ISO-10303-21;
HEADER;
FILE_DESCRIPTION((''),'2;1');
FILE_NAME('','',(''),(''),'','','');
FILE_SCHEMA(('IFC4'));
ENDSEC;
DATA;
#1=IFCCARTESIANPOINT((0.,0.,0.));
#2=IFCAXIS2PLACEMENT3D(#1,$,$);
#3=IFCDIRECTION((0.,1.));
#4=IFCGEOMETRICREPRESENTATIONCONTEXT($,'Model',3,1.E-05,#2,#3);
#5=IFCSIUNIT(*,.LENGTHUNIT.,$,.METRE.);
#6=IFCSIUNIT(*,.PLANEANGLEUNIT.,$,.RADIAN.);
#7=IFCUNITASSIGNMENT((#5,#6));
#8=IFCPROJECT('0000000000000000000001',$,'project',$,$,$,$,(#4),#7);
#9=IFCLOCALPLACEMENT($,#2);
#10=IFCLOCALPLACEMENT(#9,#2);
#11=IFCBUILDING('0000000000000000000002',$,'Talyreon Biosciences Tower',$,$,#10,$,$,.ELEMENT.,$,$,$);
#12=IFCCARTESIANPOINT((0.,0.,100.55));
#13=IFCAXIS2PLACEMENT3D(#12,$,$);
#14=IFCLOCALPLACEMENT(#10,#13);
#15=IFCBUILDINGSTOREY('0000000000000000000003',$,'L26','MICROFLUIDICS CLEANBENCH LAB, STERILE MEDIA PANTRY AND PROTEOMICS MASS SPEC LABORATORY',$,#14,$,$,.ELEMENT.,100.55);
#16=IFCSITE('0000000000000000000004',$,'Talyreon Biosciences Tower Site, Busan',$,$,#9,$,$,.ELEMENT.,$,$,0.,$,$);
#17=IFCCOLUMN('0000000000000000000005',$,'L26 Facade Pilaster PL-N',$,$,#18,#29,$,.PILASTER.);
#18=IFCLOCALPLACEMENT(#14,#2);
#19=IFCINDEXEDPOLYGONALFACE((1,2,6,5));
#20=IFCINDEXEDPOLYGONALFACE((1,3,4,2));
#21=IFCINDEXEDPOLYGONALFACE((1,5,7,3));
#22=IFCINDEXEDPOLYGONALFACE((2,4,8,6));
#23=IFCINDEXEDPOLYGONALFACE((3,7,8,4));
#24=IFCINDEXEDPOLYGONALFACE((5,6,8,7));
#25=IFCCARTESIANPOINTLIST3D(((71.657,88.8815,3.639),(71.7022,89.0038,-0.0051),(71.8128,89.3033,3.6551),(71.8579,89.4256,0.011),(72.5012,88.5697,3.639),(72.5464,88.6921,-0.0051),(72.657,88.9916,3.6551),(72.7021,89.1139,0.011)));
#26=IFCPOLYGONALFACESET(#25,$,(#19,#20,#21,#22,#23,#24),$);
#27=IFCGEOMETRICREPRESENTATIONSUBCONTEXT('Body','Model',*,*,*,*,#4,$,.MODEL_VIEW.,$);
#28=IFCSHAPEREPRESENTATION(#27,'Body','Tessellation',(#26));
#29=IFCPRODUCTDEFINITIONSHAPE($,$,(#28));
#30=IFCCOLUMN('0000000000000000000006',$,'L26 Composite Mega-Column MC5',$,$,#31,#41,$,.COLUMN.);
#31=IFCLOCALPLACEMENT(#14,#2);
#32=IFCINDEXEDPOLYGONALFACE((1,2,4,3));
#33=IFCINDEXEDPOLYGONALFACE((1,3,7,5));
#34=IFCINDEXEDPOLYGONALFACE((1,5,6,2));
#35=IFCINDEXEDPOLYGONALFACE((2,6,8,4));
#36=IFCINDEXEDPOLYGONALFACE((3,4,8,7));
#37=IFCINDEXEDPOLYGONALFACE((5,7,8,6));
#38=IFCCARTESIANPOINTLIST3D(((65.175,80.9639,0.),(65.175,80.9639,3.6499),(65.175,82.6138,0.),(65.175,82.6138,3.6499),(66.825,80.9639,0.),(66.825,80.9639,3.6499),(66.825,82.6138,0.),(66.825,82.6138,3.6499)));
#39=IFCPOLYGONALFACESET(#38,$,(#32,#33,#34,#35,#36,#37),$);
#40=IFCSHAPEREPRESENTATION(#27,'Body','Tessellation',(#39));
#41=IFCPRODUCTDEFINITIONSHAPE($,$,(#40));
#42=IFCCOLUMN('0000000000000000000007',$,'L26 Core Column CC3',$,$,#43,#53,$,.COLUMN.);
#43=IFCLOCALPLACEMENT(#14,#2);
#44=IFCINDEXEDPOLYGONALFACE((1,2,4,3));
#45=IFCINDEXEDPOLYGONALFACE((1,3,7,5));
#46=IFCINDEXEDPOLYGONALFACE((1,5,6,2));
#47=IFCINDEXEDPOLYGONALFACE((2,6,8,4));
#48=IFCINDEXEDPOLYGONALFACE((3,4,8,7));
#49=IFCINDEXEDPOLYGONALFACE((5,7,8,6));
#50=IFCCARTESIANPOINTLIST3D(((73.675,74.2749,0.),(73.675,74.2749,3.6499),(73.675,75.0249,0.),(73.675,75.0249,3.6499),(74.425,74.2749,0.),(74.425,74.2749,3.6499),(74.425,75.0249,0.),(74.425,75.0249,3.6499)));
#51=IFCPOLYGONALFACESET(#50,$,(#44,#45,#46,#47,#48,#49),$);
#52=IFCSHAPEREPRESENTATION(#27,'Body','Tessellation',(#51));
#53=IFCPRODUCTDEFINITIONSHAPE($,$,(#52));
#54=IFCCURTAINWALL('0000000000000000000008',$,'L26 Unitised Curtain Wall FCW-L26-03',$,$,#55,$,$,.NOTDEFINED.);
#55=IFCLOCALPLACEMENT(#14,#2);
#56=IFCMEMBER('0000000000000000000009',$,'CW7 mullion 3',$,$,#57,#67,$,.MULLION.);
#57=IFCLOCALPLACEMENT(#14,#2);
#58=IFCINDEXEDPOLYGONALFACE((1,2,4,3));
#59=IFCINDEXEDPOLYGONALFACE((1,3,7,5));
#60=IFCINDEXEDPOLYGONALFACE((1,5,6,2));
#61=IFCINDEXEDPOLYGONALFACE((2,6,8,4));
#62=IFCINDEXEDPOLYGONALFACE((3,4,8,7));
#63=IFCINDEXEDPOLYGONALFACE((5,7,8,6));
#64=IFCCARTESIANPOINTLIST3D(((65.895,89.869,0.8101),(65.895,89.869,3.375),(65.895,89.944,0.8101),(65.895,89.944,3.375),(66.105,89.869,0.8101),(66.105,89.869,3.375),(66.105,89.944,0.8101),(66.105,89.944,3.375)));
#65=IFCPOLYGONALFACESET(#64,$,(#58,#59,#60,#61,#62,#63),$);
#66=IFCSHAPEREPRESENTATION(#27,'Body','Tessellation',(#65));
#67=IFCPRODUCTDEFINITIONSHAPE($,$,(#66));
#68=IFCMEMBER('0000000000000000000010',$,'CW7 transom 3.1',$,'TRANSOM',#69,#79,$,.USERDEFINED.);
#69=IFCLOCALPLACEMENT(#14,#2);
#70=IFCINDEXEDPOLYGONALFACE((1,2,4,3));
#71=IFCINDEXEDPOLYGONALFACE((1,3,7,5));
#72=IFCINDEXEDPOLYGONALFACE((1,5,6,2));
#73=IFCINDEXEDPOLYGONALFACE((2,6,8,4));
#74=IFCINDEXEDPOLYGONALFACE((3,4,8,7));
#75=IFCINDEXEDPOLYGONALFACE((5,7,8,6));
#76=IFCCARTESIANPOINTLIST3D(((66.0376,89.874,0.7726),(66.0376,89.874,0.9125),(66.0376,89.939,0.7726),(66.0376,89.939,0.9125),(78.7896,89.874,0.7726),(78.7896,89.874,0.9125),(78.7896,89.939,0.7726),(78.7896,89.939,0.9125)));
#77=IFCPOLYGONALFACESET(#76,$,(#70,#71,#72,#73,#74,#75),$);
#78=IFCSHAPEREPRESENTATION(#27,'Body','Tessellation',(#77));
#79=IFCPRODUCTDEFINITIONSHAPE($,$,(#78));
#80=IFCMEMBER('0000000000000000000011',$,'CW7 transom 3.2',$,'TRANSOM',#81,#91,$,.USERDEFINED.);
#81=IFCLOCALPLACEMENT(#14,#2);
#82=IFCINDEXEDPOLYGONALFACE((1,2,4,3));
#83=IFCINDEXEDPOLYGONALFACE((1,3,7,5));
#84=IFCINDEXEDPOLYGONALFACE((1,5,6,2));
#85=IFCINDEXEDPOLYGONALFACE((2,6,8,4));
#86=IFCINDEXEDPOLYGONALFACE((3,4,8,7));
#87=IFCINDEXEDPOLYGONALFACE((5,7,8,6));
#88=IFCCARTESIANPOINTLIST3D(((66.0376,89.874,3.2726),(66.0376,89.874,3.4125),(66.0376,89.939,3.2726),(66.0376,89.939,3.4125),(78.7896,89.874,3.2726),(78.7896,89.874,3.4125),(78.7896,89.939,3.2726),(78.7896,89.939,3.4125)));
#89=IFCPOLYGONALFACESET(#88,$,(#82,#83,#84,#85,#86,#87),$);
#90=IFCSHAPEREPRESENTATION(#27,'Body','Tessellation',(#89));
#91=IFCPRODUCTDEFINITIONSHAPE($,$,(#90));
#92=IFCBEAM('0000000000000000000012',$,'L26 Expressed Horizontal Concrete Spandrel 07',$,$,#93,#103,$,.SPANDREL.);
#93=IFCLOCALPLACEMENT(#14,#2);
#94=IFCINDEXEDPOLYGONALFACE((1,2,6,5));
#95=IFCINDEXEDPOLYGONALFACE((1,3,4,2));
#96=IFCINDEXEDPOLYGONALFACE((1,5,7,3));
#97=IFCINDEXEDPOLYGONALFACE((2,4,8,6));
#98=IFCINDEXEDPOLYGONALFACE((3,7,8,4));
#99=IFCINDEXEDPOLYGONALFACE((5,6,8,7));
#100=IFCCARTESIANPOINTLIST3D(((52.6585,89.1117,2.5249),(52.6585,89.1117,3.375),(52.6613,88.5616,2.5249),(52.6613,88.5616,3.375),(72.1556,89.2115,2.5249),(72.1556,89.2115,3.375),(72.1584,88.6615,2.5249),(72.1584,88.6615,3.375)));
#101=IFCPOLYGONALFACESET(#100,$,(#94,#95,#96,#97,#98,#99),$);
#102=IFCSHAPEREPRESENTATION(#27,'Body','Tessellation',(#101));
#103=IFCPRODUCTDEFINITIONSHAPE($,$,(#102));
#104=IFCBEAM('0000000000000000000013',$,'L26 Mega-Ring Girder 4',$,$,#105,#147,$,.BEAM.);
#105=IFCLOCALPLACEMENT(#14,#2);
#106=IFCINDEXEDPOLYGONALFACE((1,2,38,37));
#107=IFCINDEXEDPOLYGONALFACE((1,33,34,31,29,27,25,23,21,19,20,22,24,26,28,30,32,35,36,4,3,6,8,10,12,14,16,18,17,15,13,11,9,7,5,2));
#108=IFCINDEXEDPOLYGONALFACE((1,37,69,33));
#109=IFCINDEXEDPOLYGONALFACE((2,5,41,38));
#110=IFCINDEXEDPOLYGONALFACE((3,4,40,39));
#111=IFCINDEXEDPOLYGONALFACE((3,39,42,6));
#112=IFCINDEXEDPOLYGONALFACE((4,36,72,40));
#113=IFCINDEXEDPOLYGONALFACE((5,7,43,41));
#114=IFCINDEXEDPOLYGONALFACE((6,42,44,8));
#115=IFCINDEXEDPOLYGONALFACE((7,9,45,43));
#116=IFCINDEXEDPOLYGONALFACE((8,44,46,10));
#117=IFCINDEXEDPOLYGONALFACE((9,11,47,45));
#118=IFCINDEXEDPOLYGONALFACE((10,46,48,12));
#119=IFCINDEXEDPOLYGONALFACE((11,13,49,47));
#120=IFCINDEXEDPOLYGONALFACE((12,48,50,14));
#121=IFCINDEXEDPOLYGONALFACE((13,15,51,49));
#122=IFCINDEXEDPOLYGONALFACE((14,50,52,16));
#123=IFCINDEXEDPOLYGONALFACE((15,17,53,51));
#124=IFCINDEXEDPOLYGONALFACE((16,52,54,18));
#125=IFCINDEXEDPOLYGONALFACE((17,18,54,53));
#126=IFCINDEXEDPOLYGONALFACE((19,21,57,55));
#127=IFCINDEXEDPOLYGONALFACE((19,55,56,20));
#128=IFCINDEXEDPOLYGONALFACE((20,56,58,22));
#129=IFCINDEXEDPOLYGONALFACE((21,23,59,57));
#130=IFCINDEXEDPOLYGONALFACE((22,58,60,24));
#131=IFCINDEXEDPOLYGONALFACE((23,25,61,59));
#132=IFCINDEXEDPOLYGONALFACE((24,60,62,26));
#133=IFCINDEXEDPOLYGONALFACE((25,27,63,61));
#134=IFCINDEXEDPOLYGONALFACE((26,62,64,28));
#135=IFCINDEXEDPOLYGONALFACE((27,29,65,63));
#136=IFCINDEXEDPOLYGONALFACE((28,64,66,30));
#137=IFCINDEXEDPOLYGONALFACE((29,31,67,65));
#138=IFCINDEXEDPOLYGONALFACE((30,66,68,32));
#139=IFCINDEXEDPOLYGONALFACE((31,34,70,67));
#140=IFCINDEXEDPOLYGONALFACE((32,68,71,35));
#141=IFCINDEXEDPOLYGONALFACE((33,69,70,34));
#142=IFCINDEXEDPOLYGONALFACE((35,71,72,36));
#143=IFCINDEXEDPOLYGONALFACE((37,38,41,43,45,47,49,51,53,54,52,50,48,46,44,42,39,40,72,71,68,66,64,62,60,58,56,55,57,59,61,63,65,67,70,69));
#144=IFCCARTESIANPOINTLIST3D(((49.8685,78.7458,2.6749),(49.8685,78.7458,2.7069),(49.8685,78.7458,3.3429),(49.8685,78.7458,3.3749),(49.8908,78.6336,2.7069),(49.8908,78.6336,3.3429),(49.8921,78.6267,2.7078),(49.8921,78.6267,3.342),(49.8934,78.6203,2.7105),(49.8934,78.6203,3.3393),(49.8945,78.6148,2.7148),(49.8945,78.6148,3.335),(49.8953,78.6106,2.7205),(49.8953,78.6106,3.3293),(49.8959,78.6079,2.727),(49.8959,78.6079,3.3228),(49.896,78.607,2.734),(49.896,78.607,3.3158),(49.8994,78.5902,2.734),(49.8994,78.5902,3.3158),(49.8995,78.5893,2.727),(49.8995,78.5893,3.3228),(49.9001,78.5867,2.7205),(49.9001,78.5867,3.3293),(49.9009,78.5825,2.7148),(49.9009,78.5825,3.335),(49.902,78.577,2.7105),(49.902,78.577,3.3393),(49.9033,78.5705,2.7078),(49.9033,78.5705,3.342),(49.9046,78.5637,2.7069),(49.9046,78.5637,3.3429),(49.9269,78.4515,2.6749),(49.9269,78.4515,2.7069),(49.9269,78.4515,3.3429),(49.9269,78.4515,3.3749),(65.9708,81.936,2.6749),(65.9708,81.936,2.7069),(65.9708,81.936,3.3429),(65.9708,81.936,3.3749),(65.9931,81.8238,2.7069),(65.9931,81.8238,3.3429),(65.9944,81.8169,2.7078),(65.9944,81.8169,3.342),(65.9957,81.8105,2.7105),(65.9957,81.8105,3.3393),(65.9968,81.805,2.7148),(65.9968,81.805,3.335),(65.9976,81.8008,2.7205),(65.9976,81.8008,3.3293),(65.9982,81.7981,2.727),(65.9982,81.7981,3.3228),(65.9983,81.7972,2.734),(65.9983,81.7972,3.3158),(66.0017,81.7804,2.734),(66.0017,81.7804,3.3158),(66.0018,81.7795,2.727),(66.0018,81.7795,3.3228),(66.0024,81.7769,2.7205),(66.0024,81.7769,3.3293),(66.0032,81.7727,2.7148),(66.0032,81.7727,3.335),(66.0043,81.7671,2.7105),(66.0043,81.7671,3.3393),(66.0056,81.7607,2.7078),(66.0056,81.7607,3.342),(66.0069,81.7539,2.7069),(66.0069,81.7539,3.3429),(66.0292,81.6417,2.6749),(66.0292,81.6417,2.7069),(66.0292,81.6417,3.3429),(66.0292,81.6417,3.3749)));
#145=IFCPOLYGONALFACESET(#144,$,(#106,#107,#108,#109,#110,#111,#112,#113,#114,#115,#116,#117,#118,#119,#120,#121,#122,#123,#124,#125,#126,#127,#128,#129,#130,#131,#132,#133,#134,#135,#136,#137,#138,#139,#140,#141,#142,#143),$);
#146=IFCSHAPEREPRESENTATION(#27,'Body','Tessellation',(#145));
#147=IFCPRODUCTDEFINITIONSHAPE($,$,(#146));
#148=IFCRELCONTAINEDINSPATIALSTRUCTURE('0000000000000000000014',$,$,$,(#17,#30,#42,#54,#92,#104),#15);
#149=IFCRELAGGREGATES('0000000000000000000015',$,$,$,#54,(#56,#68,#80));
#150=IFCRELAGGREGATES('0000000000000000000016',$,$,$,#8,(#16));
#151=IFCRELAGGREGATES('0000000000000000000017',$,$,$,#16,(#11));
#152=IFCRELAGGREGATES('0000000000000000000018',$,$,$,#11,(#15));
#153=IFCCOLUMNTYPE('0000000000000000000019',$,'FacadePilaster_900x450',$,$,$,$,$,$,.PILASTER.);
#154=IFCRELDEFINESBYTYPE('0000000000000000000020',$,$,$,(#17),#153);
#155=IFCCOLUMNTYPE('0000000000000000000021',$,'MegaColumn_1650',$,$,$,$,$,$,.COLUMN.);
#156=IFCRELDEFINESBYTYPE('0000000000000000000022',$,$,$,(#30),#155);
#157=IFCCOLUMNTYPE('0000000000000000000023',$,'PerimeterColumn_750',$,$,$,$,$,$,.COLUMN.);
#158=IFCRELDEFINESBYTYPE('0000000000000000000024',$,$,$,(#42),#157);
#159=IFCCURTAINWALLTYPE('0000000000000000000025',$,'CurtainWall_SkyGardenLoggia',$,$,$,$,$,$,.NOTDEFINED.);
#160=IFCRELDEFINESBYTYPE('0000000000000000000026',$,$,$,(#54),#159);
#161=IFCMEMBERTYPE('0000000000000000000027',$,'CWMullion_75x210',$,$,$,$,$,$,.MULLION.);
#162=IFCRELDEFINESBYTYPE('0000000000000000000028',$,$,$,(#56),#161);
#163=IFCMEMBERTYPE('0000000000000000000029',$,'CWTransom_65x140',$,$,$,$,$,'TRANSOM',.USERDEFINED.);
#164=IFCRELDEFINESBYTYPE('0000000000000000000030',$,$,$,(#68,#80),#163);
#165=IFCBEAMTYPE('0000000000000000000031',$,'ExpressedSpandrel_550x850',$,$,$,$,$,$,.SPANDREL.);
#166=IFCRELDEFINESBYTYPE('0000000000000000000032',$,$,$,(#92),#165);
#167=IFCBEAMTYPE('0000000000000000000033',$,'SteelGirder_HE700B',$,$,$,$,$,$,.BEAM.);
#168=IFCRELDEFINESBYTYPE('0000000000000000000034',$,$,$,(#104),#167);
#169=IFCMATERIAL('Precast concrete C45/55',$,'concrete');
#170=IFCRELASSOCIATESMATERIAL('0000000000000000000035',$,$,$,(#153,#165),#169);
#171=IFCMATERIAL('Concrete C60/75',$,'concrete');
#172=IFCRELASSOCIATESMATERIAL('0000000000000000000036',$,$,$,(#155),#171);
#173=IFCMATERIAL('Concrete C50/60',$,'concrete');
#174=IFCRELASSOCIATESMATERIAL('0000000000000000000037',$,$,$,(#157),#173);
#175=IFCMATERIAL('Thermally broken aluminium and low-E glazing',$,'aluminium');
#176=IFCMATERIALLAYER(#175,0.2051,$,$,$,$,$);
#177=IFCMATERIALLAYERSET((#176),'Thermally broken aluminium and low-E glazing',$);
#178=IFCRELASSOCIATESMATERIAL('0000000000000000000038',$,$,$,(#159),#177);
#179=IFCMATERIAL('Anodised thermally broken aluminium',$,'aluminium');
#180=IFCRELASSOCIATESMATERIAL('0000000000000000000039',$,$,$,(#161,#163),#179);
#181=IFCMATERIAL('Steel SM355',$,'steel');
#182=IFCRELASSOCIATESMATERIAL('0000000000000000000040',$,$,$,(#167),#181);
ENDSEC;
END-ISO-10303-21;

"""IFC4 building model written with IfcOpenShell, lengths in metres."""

from ifc_helpers import new_model, si_unit, direction, frame, origin, origin_2d, place, context, subcontext, project, spatial, rectangle, i_section, extrude, material, layer, layer_set, material_profile, profile_set, type_object, element, aggregate, save


model = new_model("IFC4")

# Units and contexts
model_context = context("Model", 3, precision=1e-05, world=origin(), true_north=direction((0.0, 1.0)))
body_context = subcontext(model_context, "Body", "Model", "MODEL_VIEW")
ifc_project = project(units=[si_unit("LENGTHUNIT", "METRE"), si_unit("PLANEANGLEUNIT", "RADIAN")], contexts=[model_context])

# Site, building, storey
site_placement = place(None, origin())
site = spatial("IfcSite", under=ifc_project, at=site_placement, Name="Talyreon Biosciences Tower Site, Busan", CompositionType="ELEMENT", RefElevation=0.0)
building_placement = place(site_placement, origin())
building = spatial("IfcBuilding", under=site, at=building_placement, Name="Talyreon Biosciences Tower", CompositionType="ELEMENT")
storey_placement = place(building_placement, frame((0.0, 0.0, 100.55)))
storey = spatial("IfcBuildingStorey", under=building, at=storey_placement, Name="L26", Description="MICROFLUIDICS CLEANBENCH LAB, STERILE MEDIA PANTRY AND PROTEOMICS MASS SPEC LABORATORY", CompositionType="ELEMENT", Elevation=100.55)

# Columns
ifc_material_1 = material(Name="Precast concrete C45/55", Category="concrete")
ifc_material_profile_1 = material_profile(ifc_material_1, rectangle(XDim=0.8999, YDim=0.45, at=origin_2d()), Name="RC 900x450")
ifc_profile_set_1 = profile_set([ifc_material_profile_1], Name="Precast concrete C45/55")
column_type_1 = type_object("IfcColumnType", Name="FacadePilaster_900x450", PredefinedType="PILASTER", material=ifc_profile_set_1)
column_1_placement = place(storey_placement, frame((72.2021, 89.0588, 0.0029), z_axis=(-0.012387, -0.033544, 0.99936), x_axis=(-0.938087, 0.346399, 0.0)))
element("IfcColumn", 1, at=column_1_placement, inside=storey, type_object=column_type_1, Name="L26 Facade Pilaster PL-N", PredefinedType="PILASTER", context=body_context, shape_type="SweptSolid", body=[
    extrude(rectangle(XDim=0.8999, YDim=0.45, at=origin_2d()), origin(), (0.0, 0.0, 1.0), 3.6465),
])
ifc_material_2 = material(Name="Concrete C60/75", Category="concrete")
ifc_material_profile_2 = material_profile(ifc_material_2, rectangle(XDim=1.6499, YDim=1.6499, at=origin_2d()), Name="RC 1650x1650")
ifc_profile_set_2 = profile_set([ifc_material_profile_2], Name="Concrete C60/75")
column_type_2 = type_object("IfcColumnType", Name="MegaColumn_1650", PredefinedType="COLUMN", material=ifc_profile_set_2)
column_2_placement = place(storey_placement, frame((66.0, 81.7888, 0.0), z_axis=(0.0, 0.0, 1.0), x_axis=(1.0, 0.0, 0.0)))
element("IfcColumn", 2, at=column_2_placement, inside=storey, type_object=column_type_2, Name="L26 Composite Mega-Column MC5", PredefinedType="COLUMN", context=body_context, shape_type="SweptSolid", body=[
    extrude(rectangle(XDim=1.6499, YDim=1.6499, at=origin_2d()), origin(), (0.0, 0.0, 1.0), 3.6499),
])
ifc_material_3 = material(Name="Concrete C50/60", Category="concrete")
ifc_material_profile_3 = material_profile(ifc_material_3, rectangle(XDim=0.75, YDim=0.75, at=origin_2d()), Name="RC 750x750")
ifc_profile_set_3 = profile_set([ifc_material_profile_3], Name="Concrete C50/60")
column_type_3 = type_object("IfcColumnType", Name="PerimeterColumn_750", PredefinedType="COLUMN", material=ifc_profile_set_3)
column_3_placement = place(storey_placement, frame((74.05, 74.6499, 0.0), z_axis=(0.0, 0.0, 1.0), x_axis=(1.0, 0.0, 0.0)))
element("IfcColumn", 3, at=column_3_placement, inside=storey, type_object=column_type_3, Name="L26 Core Column CC3", PredefinedType="COLUMN", context=body_context, shape_type="SweptSolid", body=[
    extrude(rectangle(XDim=0.75, YDim=0.75, at=origin_2d()), origin(), (0.0, 0.0, 1.0), 3.6499),
])

# Curtain wall, members
ifc_material_4 = material(Name="Thermally broken aluminium and low-E glazing", Category="aluminium")
ifc_layer_1 = layer(ifc_material_4, 0.2051)
ifc_layer_set_1 = layer_set([ifc_layer_1], Name="Thermally broken aluminium and low-E glazing")
curtain_wall_type = type_object("IfcCurtainWallType", Name="CurtainWall_SkyGardenLoggia", PredefinedType="NOTDEFINED", material=ifc_layer_set_1)
curtain_wall_placement = place(storey_placement, origin())
curtain_wall = element("IfcCurtainWall", 4, at=curtain_wall_placement, inside=storey, type_object=curtain_wall_type, Name="L26 Unitised Curtain Wall FCW-L26-03", PredefinedType="NOTDEFINED")
ifc_material_5 = material(Name="Anodised thermally broken aluminium", Category="aluminium")
ifc_material_profile_4 = material_profile(ifc_material_5, rectangle(XDim=0.075, YDim=0.21, at=origin_2d()), Name="ALUM MULLION 75x210")
ifc_profile_set_4 = profile_set([ifc_material_profile_4], Name="Anodised thermally broken aluminium")
member_type_1 = type_object("IfcMemberType", Name="CWMullion_75x210", PredefinedType="MULLION", material=ifc_profile_set_4)
member_1_placement = place(storey_placement, frame((66.0, 89.9065, 0.8101), z_axis=(0.0, 0.0, 1.0), x_axis=(0.0, 1.0, 0.0)))
member_1 = element("IfcMember", 5, at=member_1_placement, type_object=member_type_1, Name="CW7 mullion 3", PredefinedType="MULLION", context=body_context, shape_type="SweptSolid", body=[
    extrude(rectangle(XDim=0.075, YDim=0.21, at=origin_2d()), origin(), (0.0, 0.0, 1.0), 2.5649),
])
ifc_material_profile_5 = material_profile(ifc_material_5, rectangle(XDim=0.0649, YDim=0.1399, at=origin_2d()), Name="ALUM TRANSOM 65x140")
ifc_profile_set_5 = profile_set([ifc_material_profile_5], Name="Anodised thermally broken aluminium")
member_type_2 = type_object("IfcMemberType", Name="CWTransom_65x140", ElementType="TRANSOM", PredefinedType="USERDEFINED", material=ifc_profile_set_5)
member_2_placement = place(storey_placement, frame((66.0376, 89.9065, 0.8425), z_axis=(1.0, 0.0, 0.0), x_axis=(0.0, 1.0, 0.0)))
member_2 = element("IfcMember", 6, at=member_2_placement, type_object=member_type_2, Name="CW7 transom 3.1", ObjectType="TRANSOM", PredefinedType="USERDEFINED", context=body_context, shape_type="SweptSolid", body=[
    extrude(rectangle(XDim=0.0649, YDim=0.1399, at=origin_2d()), origin(), (0.0, 0.0, 1.0), 12.752),
])
member_3_placement = place(storey_placement, frame((66.0376, 89.9065, 3.3425), z_axis=(1.0, 0.0, 0.0), x_axis=(0.0, 1.0, 0.0)))
member_3 = element("IfcMember", 7, at=member_3_placement, type_object=member_type_2, Name="CW7 transom 3.2", ObjectType="TRANSOM", PredefinedType="USERDEFINED", context=body_context, shape_type="SweptSolid", body=[
    extrude(rectangle(XDim=0.0649, YDim=0.1399, at=origin_2d()), origin(), (0.0, 0.0, 1.0), 12.752),
])

# Beams
ifc_material_profile_6 = material_profile(ifc_material_1, rectangle(XDim=0.55, YDim=0.8501, at=origin_2d()), Name="RCB 550x850")
ifc_profile_set_6 = profile_set([ifc_material_profile_6], Name="Precast concrete C45/55")
beam_type_1 = type_object("IfcBeamType", Name="ExpressedSpandrel_550x850", PredefinedType="SPANDREL", material=ifc_profile_set_6)
beam_1_placement = place(storey_placement, frame((72.157, 88.9365, 2.95), z_axis=(-0.999987, -0.005121, 0.0), x_axis=(0.005121, -0.999987, 0.0)))
element("IfcBeam", 8, at=beam_1_placement, inside=storey, type_object=beam_type_1, Name="L26 Expressed Horizontal Concrete Spandrel 07", PredefinedType="SPANDREL", context=body_context, shape_type="SweptSolid", body=[
    extrude(rectangle(XDim=0.55, YDim=0.8501, at=origin_2d()), origin(), (0.0, 0.0, 1.0), 19.4973),
])
ifc_material_6 = material(Name="Steel SM355", Category="steel")
ifc_material_profile_7 = material_profile(ifc_material_6, i_section(OverallWidth=0.3, OverallDepth=0.7, WebThickness=0.0171, FlangeThickness=0.032, FilletRadius=0.0271, at=origin_2d()), Name="HE700B")
ifc_profile_set_7 = profile_set([ifc_material_profile_7], Name="Steel SM355")
beam_type_2 = type_object("IfcBeamType", Name="SteelGirder_HE700B", PredefinedType="BEAM", material=ifc_profile_set_7)
beam_2_placement = place(storey_placement, frame((66.0, 81.7888, 3.0249), z_axis=(-0.980934, -0.194343, 0.0), x_axis=(0.194343, -0.980934, 0.0)))
element("IfcBeam", 9, at=beam_2_placement, inside=storey, type_object=beam_type_2, Name="L26 Mega-Ring Girder 4", PredefinedType="BEAM", context=body_context, shape_type="SweptSolid", body=[
    extrude(i_section(OverallWidth=0.3, OverallDepth=0.7, WebThickness=0.0171, FlangeThickness=0.032, FilletRadius=0.0271, at=origin_2d()), origin(), (0.0, 0.0, 1.0), 16.4153),
])

aggregate(curtain_wall, [member_1, member_2, member_3])

save(model, "model.ifc")
